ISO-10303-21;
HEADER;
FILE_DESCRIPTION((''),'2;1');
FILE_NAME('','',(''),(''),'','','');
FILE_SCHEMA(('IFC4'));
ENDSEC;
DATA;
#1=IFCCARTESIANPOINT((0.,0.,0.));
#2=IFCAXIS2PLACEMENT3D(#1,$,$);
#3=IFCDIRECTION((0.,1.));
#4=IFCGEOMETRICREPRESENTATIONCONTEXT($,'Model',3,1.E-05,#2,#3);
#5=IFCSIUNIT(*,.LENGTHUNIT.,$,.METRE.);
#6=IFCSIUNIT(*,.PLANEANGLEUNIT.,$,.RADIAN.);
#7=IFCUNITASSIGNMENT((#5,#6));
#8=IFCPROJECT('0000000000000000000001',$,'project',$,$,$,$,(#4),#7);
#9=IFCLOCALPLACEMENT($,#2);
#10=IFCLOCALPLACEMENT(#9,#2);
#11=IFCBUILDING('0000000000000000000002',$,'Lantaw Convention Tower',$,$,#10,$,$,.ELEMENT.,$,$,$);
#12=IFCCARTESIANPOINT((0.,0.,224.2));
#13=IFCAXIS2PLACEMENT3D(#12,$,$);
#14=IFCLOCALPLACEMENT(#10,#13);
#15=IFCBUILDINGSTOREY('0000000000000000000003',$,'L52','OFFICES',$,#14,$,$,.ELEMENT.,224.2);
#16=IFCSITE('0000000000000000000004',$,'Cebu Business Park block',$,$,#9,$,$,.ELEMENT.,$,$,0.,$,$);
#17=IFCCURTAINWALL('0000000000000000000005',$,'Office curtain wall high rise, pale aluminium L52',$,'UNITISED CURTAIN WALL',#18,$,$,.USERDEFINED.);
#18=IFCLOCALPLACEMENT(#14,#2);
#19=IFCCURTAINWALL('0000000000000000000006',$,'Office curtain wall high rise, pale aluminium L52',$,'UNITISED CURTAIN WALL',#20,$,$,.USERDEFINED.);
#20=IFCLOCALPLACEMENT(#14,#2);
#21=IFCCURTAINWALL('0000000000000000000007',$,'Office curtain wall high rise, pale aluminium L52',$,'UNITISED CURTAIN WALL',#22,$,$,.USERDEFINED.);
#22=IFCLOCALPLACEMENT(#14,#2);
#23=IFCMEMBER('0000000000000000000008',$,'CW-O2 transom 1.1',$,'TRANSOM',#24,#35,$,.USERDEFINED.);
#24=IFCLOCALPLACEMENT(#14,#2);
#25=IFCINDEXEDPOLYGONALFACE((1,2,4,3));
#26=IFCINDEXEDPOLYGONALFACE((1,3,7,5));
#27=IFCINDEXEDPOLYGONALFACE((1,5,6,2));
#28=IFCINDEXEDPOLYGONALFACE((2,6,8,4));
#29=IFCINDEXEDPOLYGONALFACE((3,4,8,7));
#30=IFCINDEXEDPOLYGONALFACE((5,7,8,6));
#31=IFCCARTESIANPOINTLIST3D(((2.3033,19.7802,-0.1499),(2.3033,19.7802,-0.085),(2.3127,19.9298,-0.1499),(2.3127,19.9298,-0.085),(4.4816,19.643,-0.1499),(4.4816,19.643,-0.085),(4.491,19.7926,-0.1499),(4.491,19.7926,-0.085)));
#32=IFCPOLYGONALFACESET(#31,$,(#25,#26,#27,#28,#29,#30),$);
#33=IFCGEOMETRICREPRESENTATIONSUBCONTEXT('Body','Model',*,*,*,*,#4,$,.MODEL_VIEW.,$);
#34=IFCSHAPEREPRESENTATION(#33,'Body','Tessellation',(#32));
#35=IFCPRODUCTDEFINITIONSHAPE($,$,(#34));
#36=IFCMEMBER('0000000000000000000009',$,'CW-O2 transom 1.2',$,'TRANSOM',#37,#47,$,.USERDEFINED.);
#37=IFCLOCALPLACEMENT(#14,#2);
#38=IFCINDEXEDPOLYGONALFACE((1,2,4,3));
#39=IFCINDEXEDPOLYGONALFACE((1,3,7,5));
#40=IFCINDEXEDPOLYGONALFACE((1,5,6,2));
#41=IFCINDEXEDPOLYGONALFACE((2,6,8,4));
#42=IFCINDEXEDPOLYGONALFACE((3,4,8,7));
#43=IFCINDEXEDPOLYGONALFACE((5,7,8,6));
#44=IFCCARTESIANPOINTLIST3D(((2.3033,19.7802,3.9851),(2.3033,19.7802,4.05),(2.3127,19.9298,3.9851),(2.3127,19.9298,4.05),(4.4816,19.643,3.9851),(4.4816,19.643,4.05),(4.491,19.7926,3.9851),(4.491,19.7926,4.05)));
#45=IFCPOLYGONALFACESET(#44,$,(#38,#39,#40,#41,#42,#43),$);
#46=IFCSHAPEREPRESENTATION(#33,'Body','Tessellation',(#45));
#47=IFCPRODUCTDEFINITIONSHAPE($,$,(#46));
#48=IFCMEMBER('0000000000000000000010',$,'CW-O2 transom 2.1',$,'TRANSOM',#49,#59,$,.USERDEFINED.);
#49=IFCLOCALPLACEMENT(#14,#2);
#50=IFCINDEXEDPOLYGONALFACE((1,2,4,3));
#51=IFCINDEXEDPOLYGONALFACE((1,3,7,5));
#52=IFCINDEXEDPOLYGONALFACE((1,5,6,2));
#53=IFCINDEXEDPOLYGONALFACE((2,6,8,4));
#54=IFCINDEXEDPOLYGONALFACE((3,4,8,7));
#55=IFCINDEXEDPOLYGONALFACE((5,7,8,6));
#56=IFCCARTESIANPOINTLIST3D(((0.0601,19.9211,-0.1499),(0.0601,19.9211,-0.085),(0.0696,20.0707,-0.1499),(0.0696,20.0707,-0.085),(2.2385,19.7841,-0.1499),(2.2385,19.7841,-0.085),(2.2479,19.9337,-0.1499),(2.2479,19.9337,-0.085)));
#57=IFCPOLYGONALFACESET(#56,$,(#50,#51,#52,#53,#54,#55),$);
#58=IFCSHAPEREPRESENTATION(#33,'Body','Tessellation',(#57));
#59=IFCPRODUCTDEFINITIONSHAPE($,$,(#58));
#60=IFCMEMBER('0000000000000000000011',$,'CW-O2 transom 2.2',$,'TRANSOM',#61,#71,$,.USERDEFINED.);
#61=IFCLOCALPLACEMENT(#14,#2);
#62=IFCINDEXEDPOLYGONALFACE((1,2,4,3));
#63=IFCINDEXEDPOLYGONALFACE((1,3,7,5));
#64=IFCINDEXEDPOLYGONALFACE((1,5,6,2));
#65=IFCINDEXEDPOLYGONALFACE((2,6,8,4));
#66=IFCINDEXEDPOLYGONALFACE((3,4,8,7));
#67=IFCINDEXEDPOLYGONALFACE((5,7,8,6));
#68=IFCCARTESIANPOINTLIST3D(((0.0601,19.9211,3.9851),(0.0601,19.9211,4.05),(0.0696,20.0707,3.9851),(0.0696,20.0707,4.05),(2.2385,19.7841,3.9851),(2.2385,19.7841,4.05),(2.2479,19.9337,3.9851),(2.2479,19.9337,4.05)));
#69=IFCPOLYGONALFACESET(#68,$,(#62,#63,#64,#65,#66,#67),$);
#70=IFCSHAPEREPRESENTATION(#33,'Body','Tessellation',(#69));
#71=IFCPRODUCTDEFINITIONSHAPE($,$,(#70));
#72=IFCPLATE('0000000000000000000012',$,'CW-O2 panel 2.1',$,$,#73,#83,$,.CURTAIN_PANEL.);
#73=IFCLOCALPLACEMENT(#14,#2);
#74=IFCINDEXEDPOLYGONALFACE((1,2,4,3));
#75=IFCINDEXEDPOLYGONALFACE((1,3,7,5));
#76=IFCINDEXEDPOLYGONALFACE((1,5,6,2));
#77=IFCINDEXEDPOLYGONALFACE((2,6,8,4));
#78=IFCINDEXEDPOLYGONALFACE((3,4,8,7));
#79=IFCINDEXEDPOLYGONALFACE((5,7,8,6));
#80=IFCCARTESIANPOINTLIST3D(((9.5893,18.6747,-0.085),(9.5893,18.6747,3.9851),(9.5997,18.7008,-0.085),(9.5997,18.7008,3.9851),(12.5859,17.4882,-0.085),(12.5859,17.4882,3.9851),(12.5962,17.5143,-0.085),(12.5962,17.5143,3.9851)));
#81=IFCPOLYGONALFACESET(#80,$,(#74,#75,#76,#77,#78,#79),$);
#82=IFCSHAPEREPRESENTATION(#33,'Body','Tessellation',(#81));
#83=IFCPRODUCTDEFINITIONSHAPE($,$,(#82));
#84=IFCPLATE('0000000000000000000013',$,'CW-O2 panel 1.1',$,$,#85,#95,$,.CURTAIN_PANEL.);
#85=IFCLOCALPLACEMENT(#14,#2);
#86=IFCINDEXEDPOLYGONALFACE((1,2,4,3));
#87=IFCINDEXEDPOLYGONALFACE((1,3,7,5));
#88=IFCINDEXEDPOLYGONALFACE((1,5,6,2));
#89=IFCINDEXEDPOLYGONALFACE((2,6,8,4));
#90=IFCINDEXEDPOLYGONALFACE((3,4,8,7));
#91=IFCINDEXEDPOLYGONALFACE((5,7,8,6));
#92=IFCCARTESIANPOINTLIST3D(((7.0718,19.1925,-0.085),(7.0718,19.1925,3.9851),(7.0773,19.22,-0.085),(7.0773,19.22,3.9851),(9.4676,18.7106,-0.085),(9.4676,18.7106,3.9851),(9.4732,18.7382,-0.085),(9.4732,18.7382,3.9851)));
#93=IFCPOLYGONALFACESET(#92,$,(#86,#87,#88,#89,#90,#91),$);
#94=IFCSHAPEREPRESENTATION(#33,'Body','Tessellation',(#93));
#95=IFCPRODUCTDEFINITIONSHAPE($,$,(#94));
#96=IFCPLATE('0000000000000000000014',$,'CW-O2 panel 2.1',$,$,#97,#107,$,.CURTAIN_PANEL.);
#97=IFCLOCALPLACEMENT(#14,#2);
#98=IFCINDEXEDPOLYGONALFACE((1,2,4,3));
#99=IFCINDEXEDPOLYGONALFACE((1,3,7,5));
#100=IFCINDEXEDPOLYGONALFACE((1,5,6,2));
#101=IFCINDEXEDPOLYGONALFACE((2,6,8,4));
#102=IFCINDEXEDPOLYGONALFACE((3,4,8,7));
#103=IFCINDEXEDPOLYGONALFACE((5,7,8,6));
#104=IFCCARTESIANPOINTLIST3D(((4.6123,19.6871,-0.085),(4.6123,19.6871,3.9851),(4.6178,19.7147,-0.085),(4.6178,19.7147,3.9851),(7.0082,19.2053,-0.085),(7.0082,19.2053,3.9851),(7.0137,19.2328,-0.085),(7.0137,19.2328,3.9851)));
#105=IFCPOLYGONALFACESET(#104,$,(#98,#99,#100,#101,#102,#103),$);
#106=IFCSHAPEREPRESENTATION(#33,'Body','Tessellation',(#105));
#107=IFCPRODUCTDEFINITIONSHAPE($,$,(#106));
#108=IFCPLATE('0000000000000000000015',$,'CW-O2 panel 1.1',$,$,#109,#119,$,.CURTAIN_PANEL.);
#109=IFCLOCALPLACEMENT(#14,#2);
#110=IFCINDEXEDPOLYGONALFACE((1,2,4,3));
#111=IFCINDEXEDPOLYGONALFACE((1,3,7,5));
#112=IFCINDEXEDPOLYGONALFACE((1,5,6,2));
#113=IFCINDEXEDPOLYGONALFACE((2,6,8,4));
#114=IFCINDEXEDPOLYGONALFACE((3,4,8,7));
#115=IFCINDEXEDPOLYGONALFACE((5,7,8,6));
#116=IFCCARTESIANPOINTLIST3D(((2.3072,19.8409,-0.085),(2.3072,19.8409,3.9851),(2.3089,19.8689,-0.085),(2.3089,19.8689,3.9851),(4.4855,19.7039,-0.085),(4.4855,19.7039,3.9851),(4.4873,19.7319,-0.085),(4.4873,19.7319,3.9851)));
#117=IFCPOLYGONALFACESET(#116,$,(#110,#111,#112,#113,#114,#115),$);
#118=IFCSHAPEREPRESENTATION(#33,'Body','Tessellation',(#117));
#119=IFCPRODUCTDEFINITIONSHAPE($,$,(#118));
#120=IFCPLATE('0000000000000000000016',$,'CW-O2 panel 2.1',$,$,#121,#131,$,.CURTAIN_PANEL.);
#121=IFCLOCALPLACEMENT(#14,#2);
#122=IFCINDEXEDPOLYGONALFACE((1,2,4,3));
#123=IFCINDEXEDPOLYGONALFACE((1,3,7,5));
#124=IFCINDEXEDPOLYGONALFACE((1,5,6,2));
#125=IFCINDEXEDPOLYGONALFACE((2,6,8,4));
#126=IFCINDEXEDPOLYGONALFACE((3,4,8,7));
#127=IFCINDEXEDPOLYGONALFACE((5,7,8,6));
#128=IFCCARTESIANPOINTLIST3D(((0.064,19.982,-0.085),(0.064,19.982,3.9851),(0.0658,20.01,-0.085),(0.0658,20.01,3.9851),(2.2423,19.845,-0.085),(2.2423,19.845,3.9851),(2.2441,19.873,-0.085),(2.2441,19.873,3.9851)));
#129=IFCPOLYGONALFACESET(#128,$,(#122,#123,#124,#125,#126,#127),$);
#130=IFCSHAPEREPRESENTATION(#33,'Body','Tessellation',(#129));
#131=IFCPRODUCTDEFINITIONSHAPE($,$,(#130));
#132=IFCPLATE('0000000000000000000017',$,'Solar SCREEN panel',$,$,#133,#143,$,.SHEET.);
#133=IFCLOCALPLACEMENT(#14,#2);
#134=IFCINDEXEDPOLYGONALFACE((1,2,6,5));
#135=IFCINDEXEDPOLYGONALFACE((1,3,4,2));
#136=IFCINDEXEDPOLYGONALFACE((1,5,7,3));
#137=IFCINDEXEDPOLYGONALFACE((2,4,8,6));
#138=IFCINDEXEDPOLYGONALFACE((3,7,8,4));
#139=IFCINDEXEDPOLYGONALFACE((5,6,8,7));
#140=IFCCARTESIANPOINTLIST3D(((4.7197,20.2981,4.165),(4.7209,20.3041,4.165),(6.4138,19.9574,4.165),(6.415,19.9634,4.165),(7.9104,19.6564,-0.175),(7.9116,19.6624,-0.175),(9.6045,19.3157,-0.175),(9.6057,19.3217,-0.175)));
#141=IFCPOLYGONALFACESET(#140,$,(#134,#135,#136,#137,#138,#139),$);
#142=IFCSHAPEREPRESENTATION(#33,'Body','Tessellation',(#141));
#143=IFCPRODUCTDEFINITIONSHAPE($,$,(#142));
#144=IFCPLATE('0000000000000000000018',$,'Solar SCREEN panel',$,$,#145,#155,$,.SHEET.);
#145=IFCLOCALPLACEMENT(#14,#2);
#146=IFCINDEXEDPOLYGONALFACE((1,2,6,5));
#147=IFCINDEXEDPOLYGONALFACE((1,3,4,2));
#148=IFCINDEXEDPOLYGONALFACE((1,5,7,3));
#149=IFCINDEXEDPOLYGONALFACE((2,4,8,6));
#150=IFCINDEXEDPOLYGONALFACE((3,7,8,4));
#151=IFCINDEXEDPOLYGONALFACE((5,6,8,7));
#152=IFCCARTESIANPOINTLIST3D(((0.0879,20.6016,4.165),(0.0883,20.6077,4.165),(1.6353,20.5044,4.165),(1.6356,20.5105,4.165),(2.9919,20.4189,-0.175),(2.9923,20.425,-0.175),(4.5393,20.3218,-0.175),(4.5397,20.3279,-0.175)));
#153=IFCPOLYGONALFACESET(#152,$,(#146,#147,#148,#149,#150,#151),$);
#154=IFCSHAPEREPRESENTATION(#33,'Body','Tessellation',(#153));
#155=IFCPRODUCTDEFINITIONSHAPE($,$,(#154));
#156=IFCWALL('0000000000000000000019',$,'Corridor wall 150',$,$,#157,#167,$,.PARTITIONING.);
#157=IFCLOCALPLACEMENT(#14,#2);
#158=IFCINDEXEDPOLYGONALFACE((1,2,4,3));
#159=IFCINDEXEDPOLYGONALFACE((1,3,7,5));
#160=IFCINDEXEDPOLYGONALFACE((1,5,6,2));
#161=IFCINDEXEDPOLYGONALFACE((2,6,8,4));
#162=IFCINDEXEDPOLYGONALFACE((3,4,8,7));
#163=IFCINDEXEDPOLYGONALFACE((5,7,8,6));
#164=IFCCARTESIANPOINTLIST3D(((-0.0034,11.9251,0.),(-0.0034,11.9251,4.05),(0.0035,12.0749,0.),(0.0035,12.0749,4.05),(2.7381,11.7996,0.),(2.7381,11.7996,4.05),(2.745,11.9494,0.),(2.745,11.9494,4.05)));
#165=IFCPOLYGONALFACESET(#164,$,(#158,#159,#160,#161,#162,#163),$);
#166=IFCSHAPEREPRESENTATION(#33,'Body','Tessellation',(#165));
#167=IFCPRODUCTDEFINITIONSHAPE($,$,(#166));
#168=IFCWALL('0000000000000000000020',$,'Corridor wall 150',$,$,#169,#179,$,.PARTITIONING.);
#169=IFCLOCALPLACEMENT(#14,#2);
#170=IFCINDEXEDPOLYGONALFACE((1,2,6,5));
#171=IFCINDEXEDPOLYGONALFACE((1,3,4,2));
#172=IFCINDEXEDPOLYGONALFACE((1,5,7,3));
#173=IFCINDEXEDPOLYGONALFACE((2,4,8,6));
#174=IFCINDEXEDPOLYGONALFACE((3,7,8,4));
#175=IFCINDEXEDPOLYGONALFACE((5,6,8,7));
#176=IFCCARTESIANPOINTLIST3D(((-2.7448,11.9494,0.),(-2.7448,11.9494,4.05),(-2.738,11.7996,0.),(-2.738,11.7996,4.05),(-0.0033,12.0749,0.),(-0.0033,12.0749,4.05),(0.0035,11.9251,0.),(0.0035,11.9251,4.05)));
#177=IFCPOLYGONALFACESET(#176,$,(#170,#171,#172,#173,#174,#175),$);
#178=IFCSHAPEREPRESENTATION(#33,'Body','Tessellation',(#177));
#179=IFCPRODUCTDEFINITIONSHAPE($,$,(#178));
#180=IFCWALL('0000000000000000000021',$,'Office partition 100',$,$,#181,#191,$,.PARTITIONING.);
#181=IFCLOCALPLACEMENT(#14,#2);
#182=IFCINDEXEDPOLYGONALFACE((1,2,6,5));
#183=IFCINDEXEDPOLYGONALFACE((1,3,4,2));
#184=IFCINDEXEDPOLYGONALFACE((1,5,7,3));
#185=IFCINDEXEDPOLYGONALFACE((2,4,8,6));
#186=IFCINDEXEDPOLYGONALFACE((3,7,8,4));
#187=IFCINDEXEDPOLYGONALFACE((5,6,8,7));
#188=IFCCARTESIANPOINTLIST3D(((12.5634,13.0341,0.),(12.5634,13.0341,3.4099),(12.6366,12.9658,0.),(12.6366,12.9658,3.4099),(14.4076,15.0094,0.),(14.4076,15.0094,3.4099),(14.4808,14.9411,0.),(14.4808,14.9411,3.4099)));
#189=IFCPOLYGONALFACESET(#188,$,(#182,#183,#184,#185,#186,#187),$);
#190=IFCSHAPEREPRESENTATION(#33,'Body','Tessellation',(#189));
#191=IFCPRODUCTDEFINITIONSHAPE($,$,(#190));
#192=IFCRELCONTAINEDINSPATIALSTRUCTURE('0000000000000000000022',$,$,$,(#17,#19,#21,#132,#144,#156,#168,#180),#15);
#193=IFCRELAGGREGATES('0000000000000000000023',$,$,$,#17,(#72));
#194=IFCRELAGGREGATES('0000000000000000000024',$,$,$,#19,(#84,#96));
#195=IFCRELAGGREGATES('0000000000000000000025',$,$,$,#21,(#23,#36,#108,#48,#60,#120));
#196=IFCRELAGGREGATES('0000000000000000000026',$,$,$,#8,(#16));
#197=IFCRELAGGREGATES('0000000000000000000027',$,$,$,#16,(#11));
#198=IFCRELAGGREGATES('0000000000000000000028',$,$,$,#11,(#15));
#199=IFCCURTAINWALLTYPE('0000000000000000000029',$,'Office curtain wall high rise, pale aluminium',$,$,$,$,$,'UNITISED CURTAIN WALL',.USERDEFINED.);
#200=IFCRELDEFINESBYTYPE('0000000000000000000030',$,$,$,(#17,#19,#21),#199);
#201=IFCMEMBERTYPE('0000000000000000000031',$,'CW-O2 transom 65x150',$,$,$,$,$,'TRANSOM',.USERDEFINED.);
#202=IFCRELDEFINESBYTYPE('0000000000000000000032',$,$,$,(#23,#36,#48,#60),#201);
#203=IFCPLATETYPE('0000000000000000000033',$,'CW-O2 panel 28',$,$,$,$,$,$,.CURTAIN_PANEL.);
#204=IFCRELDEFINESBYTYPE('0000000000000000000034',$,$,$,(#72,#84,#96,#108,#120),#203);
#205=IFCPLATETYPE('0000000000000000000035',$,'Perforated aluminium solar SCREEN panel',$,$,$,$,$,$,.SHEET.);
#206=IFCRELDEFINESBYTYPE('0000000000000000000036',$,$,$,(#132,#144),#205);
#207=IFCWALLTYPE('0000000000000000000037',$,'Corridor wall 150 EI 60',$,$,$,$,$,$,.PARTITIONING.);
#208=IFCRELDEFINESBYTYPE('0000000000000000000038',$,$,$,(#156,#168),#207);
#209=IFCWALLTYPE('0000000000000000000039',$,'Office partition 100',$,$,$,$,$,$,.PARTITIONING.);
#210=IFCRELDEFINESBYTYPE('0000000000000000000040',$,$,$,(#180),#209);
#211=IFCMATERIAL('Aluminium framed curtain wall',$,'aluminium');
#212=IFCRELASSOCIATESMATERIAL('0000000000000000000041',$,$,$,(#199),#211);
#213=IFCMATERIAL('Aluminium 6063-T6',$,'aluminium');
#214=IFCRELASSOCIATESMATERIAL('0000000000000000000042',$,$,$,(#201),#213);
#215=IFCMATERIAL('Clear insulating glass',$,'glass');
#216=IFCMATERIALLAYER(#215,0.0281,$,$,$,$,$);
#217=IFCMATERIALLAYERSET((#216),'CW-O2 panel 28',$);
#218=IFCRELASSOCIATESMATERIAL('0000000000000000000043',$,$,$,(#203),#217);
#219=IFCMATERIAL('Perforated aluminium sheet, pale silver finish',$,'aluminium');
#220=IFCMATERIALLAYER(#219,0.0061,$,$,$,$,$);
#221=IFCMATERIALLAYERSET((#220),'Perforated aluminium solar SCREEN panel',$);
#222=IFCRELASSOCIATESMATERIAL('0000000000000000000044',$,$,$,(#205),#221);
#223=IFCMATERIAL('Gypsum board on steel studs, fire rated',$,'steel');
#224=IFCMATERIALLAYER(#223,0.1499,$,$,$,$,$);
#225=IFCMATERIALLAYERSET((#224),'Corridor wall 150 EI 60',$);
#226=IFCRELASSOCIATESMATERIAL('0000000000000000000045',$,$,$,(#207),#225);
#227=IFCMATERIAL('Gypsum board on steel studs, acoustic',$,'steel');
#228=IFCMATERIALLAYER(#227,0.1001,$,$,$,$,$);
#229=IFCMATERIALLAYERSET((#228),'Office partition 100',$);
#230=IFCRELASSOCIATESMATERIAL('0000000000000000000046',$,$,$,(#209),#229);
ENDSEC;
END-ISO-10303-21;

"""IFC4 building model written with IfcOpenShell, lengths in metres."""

from ifc_helpers import new_model, si_unit, direction, frame, frame_2d, origin, origin_2d, place, context, subcontext, project, spatial, polyline, rectangle, outline, extrude, material, layer, layer_set, material_profile, profile_set, type_object, element, aggregate, save


model = new_model("IFC4")

# Units and contexts
model_context = context("Model", 3, precision=1e-05, world=origin(), true_north=direction((0.0, 1.0)))
body_context = subcontext(model_context, "Body", "Model", "MODEL_VIEW")
ifc_project = project(units=[si_unit("LENGTHUNIT", "METRE"), si_unit("PLANEANGLEUNIT", "RADIAN")], contexts=[model_context])

# Site, building, storey
site_placement = place(None, origin())
site = spatial("IfcSite", under=ifc_project, at=site_placement, Name="Cebu Business Park block", CompositionType="ELEMENT", RefElevation=0.0)
building_placement = place(site_placement, origin())
building = spatial("IfcBuilding", under=site, at=building_placement, Name="Lantaw Convention Tower", CompositionType="ELEMENT")
storey_placement = place(building_placement, frame((0.0, 0.0, 224.2)))
storey = spatial("IfcBuildingStorey", under=building, at=storey_placement, Name="L52", Description="OFFICES", CompositionType="ELEMENT", Elevation=224.2)

# Curtain walls
ifc_material_1 = material(Name="Aluminium framed curtain wall", Category="aluminium")
curtain_wall_type = type_object("IfcCurtainWallType", Name="Office curtain wall high rise, pale aluminium", ElementType="UNITISED CURTAIN WALL", PredefinedType="USERDEFINED", material=ifc_material_1)
curtain_wall_1_placement = place(storey_placement, origin())
curtain_wall_1 = element("IfcCurtainWall", 1, at=curtain_wall_1_placement, inside=storey, type_object=curtain_wall_type, Name="Office curtain wall high rise, pale aluminium L52", ObjectType="UNITISED CURTAIN WALL", PredefinedType="USERDEFINED")
ifc_material_2 = material(Name="Aluminium 6063-T6", Category="aluminium")
curtain_wall_2_placement = place(storey_placement, origin())
curtain_wall_2 = element("IfcCurtainWall", 2, at=curtain_wall_2_placement, inside=storey, type_object=curtain_wall_type, Name="Office curtain wall high rise, pale aluminium L52", ObjectType="UNITISED CURTAIN WALL", PredefinedType="USERDEFINED")
curtain_wall_3_placement = place(storey_placement, origin())
curtain_wall_3 = element("IfcCurtainWall", 3, at=curtain_wall_3_placement, inside=storey, type_object=curtain_wall_type, Name="Office curtain wall high rise, pale aluminium L52", ObjectType="UNITISED CURTAIN WALL", PredefinedType="USERDEFINED")

# Members
ifc_material_profile_1 = material_profile(ifc_material_2, rectangle(XDim=0.1499, YDim=0.0649, at=origin_2d()), Name="CW-O2 transom 65x150")
ifc_profile_set_1 = profile_set([ifc_material_profile_1], Name="Aluminium 6063-T6")
member_type_1 = type_object("IfcMemberType", Name="CW-O2 transom 65x150", ElementType="TRANSOM", PredefinedType="USERDEFINED", material=ifc_profile_set_1)
member_1_placement = place(storey_placement, frame((4.4863, 19.7178, -0.1174), z_axis=(-0.998022, 0.062866, 0.0), x_axis=(-0.062866, -0.998022, 0.0)))
member_1 = element("IfcMember", 4, at=member_1_placement, type_object=member_type_1, Name="CW-O2 transom 1.1", ObjectType="TRANSOM", PredefinedType="USERDEFINED", context=body_context, shape_type="SweptSolid", body=[
    extrude(rectangle(XDim=0.1499, YDim=0.0649, at=origin_2d()), origin(), (0.0, 0.0, 1.0), 2.1826),
])
member_2_placement = place(storey_placement, frame((4.4863, 19.7178, 4.0176), z_axis=(-0.998022, 0.062866, 0.0), x_axis=(-0.062866, -0.998022, 0.0)))
member_2 = element("IfcMember", 5, at=member_2_placement, type_object=member_type_1, Name="CW-O2 transom 1.2", ObjectType="TRANSOM", PredefinedType="USERDEFINED", context=body_context, shape_type="SweptSolid", body=[
    extrude(rectangle(XDim=0.1499, YDim=0.0649, at=origin_2d()), origin(), (0.0, 0.0, 1.0), 2.1826),
])
member_3_placement = place(storey_placement, frame((2.2432, 19.8589, -0.1174), z_axis=(-0.998029, 0.062754, 0.0), x_axis=(-0.062754, -0.998029, 0.0)))
member_3 = element("IfcMember", 6, at=member_3_placement, type_object=member_type_1, Name="CW-O2 transom 2.1", ObjectType="TRANSOM", PredefinedType="USERDEFINED", context=body_context, shape_type="SweptSolid", body=[
    extrude(rectangle(XDim=0.1499, YDim=0.0649, at=origin_2d()), origin(), (0.0, 0.0, 1.0), 2.1826),
])
member_4_placement = place(storey_placement, frame((2.2432, 19.8589, 4.0176), z_axis=(-0.998029, 0.062754, 0.0), x_axis=(-0.062754, -0.998029, 0.0)))
member_4 = element("IfcMember", 7, at=member_4_placement, type_object=member_type_1, Name="CW-O2 transom 2.2", ObjectType="TRANSOM", PredefinedType="USERDEFINED", context=body_context, shape_type="SweptSolid", body=[
    extrude(rectangle(XDim=0.1499, YDim=0.0649, at=origin_2d()), origin(), (0.0, 0.0, 1.0), 2.1826),
])

# Plates
ifc_material_3 = material(Name="Clear insulating glass", Category="glass")
ifc_layer_1 = layer(ifc_material_3, 0.0281)
ifc_layer_set_1 = layer_set([ifc_layer_1], Name="CW-O2 panel 28")
plate_type_1 = type_object("IfcPlateType", Name="CW-O2 panel 28", PredefinedType="CURTAIN_PANEL", material=ifc_layer_set_1)
plate_1_placement = place(storey_placement, frame((11.0928, 18.0945, -0.085), z_axis=(0.0, 0.0, 1.0), x_axis=(-0.929762, 0.368162, 0.0)))
plate_1 = element("IfcPlate", 8, at=plate_1_placement, type_object=plate_type_1, Name="CW-O2 panel 2.1", PredefinedType="CURTAIN_PANEL", context=body_context, shape_type="SweptSolid", body=[
    extrude(rectangle(XDim=3.2229, YDim=0.0281, at=origin_2d()), origin(), (0.0, 0.0, 1.0), 4.0701),
])
aggregate(curtain_wall_1, [plate_1])
plate_2_placement = place(storey_placement, frame((8.2725, 18.9653, -0.085), z_axis=(0.0, 0.0, 1.0), x_axis=(-0.980367, 0.197183, 0.0)))
plate_2 = element("IfcPlate", 9, at=plate_2_placement, type_object=plate_type_1, Name="CW-O2 panel 1.1", PredefinedType="CURTAIN_PANEL", context=body_context, shape_type="SweptSolid", body=[
    extrude(rectangle(XDim=2.4438, YDim=0.0281, at=origin_2d()), origin(), (0.0, 0.0, 1.0), 4.0701),
])
plate_3_placement = place(storey_placement, frame((5.813, 19.46, -0.085), z_axis=(0.0, 0.0, 1.0), x_axis=(-0.980367, 0.197183, 0.0)))
plate_3 = element("IfcPlate", 10, at=plate_3_placement, type_object=plate_type_1, Name="CW-O2 panel 2.1", PredefinedType="CURTAIN_PANEL", context=body_context, shape_type="SweptSolid", body=[
    extrude(rectangle(XDim=2.4438, YDim=0.0281, at=origin_2d()), origin(), (0.0, 0.0, 1.0), 4.0701),
])
aggregate(curtain_wall_2, [plate_2, plate_3])
plate_4_placement = place(storey_placement, frame((3.3972, 19.7864, -0.085), z_axis=(0.0, 0.0, 1.0), x_axis=(-0.998029, 0.062758, 0.0)))
plate_4 = element("IfcPlate", 11, at=plate_4_placement, type_object=plate_type_1, Name="CW-O2 panel 1.1", PredefinedType="CURTAIN_PANEL", context=body_context, shape_type="SweptSolid", body=[
    extrude(rectangle(XDim=2.1826, YDim=0.0281, at=origin_2d()), origin(), (0.0, 0.0, 1.0), 4.0701),
])
plate_5_placement = place(storey_placement, frame((1.1541, 19.9275, -0.085), z_axis=(0.0, 0.0, 1.0), x_axis=(-0.998029, 0.062758, 0.0)))
plate_5 = element("IfcPlate", 12, at=plate_5_placement, type_object=plate_type_1, Name="CW-O2 panel 2.1", PredefinedType="CURTAIN_PANEL", context=body_context, shape_type="SweptSolid", body=[
    extrude(rectangle(XDim=2.1826, YDim=0.0281, at=origin_2d()), origin(), (0.0, 0.0, 1.0), 4.0701),
])
aggregate(curtain_wall_3, [member_1, member_2, plate_4, member_3, member_4, plate_5])

# Plates
ifc_material_4 = material(Name="Perforated aluminium sheet, pale silver finish", Category="aluminium")
ifc_layer_2 = layer(ifc_material_4, 0.0061)
ifc_layer_set_2 = layer_set([ifc_layer_2], Name="Perforated aluminium solar SCREEN panel")
plate_type_2 = type_object("IfcPlateType", Name="Perforated aluminium solar SCREEN panel", PredefinedType="SHEET", material=ifc_layer_set_2)
plate_6_placement = place(storey_placement, frame((9.6045, 19.3157, -0.175), z_axis=(-0.197162, -0.980371, 0.000011), x_axis=(-0.980371, 0.197162, 0.0)))
element("IfcPlate", 13, at=plate_6_placement, inside=storey, type_object=plate_type_2, Name="Solar SCREEN panel", PredefinedType="SHEET", context=body_context, shape_type="SweptSolid", body=[
    extrude(outline(polyline([(0.0, 0.0), (1.728, 0.0), (4.9826, -4.3401), (3.2545, -4.3401), (0.0, 0.0)])), origin(), (0.0, 0.0, -1.0), 0.0061),
])
plate_7_placement = place(storey_placement, frame((4.5393, 20.3218, -0.175), z_axis=(-0.062672, -0.998034, 0.000059), x_axis=(-0.998034, 0.062672, 0.0)))
element("IfcPlate", 14, at=plate_7_placement, inside=storey, type_object=plate_type_2, Name="Solar SCREEN panel", PredefinedType="SHEET", context=body_context, shape_type="SweptSolid", body=[
    extrude(outline(polyline([(0.0, 0.0), (1.5504, 0.0), (4.4602, -4.3401), (2.9098, -4.3401), (0.0, 0.0)])), origin(), (0.0, 0.0, -1.0), 0.0061),
])

# Walls
ifc_material_5 = material(Name="Gypsum board on steel studs, fire rated", Category="steel")
ifc_layer_3 = layer(ifc_material_5, 0.1499)
ifc_layer_set_3 = layer_set([ifc_layer_3], Name="Corridor wall 150 EI 60")
wall_type_1 = type_object("IfcWallType", Name="Corridor wall 150 EI 60", PredefinedType="PARTITIONING", material=ifc_layer_set_3)
for number, where, z_axis, x_axis, name in (
    (15, (2.7415, 11.8745, 0.0), (0.0, 0.0, 1.0), (-0.998954, 0.045726, 0.0), "Corridor wall 150"),
    (16, (0.0, 12.0, 0.0), (0.0, 0.0, 1.0), (-0.998954, -0.045726, 0.0), "Corridor wall 150"),
):
    element("IfcWall", number, at=place(storey_placement, frame(where, z_axis=z_axis, x_axis=x_axis)), inside=storey, type_object=wall_type_1, Name=name, PredefinedType="PARTITIONING", context=body_context, shape_type="SweptSolid", body=[
        extrude(rectangle(XDim=2.7444, YDim=0.1499, at=frame_2d((1.3721, 0.0))), origin(), (0.0, 0.0, 1.0), 4.05),
    ])
ifc_material_6 = material(Name="Gypsum board on steel studs, acoustic", Category="steel")
ifc_layer_4 = layer(ifc_material_6, 0.1001)
ifc_layer_set_4 = layer_set([ifc_layer_4], Name="Office partition 100")
wall_type_2 = type_object("IfcWallType", Name="Office partition 100", PredefinedType="PARTITIONING", material=ifc_layer_set_4)
wall_placement = place(storey_placement, frame((12.6001, 13.0, 0.0), z_axis=(0.0, 0.0, 1.0), x_axis=(0.682434, 0.730947, 0.0)))
element("IfcWall", 17, at=wall_placement, inside=storey, type_object=wall_type_2, Name="Office partition 100", PredefinedType="PARTITIONING", context=body_context, shape_type="SweptSolid", body=[
    extrude(rectangle(XDim=2.7024, YDim=0.1001, at=frame_2d((1.3511, 0.0))), origin(), (0.0, 0.0, 1.0), 3.4099),
])

save(model, "model.ifc")
